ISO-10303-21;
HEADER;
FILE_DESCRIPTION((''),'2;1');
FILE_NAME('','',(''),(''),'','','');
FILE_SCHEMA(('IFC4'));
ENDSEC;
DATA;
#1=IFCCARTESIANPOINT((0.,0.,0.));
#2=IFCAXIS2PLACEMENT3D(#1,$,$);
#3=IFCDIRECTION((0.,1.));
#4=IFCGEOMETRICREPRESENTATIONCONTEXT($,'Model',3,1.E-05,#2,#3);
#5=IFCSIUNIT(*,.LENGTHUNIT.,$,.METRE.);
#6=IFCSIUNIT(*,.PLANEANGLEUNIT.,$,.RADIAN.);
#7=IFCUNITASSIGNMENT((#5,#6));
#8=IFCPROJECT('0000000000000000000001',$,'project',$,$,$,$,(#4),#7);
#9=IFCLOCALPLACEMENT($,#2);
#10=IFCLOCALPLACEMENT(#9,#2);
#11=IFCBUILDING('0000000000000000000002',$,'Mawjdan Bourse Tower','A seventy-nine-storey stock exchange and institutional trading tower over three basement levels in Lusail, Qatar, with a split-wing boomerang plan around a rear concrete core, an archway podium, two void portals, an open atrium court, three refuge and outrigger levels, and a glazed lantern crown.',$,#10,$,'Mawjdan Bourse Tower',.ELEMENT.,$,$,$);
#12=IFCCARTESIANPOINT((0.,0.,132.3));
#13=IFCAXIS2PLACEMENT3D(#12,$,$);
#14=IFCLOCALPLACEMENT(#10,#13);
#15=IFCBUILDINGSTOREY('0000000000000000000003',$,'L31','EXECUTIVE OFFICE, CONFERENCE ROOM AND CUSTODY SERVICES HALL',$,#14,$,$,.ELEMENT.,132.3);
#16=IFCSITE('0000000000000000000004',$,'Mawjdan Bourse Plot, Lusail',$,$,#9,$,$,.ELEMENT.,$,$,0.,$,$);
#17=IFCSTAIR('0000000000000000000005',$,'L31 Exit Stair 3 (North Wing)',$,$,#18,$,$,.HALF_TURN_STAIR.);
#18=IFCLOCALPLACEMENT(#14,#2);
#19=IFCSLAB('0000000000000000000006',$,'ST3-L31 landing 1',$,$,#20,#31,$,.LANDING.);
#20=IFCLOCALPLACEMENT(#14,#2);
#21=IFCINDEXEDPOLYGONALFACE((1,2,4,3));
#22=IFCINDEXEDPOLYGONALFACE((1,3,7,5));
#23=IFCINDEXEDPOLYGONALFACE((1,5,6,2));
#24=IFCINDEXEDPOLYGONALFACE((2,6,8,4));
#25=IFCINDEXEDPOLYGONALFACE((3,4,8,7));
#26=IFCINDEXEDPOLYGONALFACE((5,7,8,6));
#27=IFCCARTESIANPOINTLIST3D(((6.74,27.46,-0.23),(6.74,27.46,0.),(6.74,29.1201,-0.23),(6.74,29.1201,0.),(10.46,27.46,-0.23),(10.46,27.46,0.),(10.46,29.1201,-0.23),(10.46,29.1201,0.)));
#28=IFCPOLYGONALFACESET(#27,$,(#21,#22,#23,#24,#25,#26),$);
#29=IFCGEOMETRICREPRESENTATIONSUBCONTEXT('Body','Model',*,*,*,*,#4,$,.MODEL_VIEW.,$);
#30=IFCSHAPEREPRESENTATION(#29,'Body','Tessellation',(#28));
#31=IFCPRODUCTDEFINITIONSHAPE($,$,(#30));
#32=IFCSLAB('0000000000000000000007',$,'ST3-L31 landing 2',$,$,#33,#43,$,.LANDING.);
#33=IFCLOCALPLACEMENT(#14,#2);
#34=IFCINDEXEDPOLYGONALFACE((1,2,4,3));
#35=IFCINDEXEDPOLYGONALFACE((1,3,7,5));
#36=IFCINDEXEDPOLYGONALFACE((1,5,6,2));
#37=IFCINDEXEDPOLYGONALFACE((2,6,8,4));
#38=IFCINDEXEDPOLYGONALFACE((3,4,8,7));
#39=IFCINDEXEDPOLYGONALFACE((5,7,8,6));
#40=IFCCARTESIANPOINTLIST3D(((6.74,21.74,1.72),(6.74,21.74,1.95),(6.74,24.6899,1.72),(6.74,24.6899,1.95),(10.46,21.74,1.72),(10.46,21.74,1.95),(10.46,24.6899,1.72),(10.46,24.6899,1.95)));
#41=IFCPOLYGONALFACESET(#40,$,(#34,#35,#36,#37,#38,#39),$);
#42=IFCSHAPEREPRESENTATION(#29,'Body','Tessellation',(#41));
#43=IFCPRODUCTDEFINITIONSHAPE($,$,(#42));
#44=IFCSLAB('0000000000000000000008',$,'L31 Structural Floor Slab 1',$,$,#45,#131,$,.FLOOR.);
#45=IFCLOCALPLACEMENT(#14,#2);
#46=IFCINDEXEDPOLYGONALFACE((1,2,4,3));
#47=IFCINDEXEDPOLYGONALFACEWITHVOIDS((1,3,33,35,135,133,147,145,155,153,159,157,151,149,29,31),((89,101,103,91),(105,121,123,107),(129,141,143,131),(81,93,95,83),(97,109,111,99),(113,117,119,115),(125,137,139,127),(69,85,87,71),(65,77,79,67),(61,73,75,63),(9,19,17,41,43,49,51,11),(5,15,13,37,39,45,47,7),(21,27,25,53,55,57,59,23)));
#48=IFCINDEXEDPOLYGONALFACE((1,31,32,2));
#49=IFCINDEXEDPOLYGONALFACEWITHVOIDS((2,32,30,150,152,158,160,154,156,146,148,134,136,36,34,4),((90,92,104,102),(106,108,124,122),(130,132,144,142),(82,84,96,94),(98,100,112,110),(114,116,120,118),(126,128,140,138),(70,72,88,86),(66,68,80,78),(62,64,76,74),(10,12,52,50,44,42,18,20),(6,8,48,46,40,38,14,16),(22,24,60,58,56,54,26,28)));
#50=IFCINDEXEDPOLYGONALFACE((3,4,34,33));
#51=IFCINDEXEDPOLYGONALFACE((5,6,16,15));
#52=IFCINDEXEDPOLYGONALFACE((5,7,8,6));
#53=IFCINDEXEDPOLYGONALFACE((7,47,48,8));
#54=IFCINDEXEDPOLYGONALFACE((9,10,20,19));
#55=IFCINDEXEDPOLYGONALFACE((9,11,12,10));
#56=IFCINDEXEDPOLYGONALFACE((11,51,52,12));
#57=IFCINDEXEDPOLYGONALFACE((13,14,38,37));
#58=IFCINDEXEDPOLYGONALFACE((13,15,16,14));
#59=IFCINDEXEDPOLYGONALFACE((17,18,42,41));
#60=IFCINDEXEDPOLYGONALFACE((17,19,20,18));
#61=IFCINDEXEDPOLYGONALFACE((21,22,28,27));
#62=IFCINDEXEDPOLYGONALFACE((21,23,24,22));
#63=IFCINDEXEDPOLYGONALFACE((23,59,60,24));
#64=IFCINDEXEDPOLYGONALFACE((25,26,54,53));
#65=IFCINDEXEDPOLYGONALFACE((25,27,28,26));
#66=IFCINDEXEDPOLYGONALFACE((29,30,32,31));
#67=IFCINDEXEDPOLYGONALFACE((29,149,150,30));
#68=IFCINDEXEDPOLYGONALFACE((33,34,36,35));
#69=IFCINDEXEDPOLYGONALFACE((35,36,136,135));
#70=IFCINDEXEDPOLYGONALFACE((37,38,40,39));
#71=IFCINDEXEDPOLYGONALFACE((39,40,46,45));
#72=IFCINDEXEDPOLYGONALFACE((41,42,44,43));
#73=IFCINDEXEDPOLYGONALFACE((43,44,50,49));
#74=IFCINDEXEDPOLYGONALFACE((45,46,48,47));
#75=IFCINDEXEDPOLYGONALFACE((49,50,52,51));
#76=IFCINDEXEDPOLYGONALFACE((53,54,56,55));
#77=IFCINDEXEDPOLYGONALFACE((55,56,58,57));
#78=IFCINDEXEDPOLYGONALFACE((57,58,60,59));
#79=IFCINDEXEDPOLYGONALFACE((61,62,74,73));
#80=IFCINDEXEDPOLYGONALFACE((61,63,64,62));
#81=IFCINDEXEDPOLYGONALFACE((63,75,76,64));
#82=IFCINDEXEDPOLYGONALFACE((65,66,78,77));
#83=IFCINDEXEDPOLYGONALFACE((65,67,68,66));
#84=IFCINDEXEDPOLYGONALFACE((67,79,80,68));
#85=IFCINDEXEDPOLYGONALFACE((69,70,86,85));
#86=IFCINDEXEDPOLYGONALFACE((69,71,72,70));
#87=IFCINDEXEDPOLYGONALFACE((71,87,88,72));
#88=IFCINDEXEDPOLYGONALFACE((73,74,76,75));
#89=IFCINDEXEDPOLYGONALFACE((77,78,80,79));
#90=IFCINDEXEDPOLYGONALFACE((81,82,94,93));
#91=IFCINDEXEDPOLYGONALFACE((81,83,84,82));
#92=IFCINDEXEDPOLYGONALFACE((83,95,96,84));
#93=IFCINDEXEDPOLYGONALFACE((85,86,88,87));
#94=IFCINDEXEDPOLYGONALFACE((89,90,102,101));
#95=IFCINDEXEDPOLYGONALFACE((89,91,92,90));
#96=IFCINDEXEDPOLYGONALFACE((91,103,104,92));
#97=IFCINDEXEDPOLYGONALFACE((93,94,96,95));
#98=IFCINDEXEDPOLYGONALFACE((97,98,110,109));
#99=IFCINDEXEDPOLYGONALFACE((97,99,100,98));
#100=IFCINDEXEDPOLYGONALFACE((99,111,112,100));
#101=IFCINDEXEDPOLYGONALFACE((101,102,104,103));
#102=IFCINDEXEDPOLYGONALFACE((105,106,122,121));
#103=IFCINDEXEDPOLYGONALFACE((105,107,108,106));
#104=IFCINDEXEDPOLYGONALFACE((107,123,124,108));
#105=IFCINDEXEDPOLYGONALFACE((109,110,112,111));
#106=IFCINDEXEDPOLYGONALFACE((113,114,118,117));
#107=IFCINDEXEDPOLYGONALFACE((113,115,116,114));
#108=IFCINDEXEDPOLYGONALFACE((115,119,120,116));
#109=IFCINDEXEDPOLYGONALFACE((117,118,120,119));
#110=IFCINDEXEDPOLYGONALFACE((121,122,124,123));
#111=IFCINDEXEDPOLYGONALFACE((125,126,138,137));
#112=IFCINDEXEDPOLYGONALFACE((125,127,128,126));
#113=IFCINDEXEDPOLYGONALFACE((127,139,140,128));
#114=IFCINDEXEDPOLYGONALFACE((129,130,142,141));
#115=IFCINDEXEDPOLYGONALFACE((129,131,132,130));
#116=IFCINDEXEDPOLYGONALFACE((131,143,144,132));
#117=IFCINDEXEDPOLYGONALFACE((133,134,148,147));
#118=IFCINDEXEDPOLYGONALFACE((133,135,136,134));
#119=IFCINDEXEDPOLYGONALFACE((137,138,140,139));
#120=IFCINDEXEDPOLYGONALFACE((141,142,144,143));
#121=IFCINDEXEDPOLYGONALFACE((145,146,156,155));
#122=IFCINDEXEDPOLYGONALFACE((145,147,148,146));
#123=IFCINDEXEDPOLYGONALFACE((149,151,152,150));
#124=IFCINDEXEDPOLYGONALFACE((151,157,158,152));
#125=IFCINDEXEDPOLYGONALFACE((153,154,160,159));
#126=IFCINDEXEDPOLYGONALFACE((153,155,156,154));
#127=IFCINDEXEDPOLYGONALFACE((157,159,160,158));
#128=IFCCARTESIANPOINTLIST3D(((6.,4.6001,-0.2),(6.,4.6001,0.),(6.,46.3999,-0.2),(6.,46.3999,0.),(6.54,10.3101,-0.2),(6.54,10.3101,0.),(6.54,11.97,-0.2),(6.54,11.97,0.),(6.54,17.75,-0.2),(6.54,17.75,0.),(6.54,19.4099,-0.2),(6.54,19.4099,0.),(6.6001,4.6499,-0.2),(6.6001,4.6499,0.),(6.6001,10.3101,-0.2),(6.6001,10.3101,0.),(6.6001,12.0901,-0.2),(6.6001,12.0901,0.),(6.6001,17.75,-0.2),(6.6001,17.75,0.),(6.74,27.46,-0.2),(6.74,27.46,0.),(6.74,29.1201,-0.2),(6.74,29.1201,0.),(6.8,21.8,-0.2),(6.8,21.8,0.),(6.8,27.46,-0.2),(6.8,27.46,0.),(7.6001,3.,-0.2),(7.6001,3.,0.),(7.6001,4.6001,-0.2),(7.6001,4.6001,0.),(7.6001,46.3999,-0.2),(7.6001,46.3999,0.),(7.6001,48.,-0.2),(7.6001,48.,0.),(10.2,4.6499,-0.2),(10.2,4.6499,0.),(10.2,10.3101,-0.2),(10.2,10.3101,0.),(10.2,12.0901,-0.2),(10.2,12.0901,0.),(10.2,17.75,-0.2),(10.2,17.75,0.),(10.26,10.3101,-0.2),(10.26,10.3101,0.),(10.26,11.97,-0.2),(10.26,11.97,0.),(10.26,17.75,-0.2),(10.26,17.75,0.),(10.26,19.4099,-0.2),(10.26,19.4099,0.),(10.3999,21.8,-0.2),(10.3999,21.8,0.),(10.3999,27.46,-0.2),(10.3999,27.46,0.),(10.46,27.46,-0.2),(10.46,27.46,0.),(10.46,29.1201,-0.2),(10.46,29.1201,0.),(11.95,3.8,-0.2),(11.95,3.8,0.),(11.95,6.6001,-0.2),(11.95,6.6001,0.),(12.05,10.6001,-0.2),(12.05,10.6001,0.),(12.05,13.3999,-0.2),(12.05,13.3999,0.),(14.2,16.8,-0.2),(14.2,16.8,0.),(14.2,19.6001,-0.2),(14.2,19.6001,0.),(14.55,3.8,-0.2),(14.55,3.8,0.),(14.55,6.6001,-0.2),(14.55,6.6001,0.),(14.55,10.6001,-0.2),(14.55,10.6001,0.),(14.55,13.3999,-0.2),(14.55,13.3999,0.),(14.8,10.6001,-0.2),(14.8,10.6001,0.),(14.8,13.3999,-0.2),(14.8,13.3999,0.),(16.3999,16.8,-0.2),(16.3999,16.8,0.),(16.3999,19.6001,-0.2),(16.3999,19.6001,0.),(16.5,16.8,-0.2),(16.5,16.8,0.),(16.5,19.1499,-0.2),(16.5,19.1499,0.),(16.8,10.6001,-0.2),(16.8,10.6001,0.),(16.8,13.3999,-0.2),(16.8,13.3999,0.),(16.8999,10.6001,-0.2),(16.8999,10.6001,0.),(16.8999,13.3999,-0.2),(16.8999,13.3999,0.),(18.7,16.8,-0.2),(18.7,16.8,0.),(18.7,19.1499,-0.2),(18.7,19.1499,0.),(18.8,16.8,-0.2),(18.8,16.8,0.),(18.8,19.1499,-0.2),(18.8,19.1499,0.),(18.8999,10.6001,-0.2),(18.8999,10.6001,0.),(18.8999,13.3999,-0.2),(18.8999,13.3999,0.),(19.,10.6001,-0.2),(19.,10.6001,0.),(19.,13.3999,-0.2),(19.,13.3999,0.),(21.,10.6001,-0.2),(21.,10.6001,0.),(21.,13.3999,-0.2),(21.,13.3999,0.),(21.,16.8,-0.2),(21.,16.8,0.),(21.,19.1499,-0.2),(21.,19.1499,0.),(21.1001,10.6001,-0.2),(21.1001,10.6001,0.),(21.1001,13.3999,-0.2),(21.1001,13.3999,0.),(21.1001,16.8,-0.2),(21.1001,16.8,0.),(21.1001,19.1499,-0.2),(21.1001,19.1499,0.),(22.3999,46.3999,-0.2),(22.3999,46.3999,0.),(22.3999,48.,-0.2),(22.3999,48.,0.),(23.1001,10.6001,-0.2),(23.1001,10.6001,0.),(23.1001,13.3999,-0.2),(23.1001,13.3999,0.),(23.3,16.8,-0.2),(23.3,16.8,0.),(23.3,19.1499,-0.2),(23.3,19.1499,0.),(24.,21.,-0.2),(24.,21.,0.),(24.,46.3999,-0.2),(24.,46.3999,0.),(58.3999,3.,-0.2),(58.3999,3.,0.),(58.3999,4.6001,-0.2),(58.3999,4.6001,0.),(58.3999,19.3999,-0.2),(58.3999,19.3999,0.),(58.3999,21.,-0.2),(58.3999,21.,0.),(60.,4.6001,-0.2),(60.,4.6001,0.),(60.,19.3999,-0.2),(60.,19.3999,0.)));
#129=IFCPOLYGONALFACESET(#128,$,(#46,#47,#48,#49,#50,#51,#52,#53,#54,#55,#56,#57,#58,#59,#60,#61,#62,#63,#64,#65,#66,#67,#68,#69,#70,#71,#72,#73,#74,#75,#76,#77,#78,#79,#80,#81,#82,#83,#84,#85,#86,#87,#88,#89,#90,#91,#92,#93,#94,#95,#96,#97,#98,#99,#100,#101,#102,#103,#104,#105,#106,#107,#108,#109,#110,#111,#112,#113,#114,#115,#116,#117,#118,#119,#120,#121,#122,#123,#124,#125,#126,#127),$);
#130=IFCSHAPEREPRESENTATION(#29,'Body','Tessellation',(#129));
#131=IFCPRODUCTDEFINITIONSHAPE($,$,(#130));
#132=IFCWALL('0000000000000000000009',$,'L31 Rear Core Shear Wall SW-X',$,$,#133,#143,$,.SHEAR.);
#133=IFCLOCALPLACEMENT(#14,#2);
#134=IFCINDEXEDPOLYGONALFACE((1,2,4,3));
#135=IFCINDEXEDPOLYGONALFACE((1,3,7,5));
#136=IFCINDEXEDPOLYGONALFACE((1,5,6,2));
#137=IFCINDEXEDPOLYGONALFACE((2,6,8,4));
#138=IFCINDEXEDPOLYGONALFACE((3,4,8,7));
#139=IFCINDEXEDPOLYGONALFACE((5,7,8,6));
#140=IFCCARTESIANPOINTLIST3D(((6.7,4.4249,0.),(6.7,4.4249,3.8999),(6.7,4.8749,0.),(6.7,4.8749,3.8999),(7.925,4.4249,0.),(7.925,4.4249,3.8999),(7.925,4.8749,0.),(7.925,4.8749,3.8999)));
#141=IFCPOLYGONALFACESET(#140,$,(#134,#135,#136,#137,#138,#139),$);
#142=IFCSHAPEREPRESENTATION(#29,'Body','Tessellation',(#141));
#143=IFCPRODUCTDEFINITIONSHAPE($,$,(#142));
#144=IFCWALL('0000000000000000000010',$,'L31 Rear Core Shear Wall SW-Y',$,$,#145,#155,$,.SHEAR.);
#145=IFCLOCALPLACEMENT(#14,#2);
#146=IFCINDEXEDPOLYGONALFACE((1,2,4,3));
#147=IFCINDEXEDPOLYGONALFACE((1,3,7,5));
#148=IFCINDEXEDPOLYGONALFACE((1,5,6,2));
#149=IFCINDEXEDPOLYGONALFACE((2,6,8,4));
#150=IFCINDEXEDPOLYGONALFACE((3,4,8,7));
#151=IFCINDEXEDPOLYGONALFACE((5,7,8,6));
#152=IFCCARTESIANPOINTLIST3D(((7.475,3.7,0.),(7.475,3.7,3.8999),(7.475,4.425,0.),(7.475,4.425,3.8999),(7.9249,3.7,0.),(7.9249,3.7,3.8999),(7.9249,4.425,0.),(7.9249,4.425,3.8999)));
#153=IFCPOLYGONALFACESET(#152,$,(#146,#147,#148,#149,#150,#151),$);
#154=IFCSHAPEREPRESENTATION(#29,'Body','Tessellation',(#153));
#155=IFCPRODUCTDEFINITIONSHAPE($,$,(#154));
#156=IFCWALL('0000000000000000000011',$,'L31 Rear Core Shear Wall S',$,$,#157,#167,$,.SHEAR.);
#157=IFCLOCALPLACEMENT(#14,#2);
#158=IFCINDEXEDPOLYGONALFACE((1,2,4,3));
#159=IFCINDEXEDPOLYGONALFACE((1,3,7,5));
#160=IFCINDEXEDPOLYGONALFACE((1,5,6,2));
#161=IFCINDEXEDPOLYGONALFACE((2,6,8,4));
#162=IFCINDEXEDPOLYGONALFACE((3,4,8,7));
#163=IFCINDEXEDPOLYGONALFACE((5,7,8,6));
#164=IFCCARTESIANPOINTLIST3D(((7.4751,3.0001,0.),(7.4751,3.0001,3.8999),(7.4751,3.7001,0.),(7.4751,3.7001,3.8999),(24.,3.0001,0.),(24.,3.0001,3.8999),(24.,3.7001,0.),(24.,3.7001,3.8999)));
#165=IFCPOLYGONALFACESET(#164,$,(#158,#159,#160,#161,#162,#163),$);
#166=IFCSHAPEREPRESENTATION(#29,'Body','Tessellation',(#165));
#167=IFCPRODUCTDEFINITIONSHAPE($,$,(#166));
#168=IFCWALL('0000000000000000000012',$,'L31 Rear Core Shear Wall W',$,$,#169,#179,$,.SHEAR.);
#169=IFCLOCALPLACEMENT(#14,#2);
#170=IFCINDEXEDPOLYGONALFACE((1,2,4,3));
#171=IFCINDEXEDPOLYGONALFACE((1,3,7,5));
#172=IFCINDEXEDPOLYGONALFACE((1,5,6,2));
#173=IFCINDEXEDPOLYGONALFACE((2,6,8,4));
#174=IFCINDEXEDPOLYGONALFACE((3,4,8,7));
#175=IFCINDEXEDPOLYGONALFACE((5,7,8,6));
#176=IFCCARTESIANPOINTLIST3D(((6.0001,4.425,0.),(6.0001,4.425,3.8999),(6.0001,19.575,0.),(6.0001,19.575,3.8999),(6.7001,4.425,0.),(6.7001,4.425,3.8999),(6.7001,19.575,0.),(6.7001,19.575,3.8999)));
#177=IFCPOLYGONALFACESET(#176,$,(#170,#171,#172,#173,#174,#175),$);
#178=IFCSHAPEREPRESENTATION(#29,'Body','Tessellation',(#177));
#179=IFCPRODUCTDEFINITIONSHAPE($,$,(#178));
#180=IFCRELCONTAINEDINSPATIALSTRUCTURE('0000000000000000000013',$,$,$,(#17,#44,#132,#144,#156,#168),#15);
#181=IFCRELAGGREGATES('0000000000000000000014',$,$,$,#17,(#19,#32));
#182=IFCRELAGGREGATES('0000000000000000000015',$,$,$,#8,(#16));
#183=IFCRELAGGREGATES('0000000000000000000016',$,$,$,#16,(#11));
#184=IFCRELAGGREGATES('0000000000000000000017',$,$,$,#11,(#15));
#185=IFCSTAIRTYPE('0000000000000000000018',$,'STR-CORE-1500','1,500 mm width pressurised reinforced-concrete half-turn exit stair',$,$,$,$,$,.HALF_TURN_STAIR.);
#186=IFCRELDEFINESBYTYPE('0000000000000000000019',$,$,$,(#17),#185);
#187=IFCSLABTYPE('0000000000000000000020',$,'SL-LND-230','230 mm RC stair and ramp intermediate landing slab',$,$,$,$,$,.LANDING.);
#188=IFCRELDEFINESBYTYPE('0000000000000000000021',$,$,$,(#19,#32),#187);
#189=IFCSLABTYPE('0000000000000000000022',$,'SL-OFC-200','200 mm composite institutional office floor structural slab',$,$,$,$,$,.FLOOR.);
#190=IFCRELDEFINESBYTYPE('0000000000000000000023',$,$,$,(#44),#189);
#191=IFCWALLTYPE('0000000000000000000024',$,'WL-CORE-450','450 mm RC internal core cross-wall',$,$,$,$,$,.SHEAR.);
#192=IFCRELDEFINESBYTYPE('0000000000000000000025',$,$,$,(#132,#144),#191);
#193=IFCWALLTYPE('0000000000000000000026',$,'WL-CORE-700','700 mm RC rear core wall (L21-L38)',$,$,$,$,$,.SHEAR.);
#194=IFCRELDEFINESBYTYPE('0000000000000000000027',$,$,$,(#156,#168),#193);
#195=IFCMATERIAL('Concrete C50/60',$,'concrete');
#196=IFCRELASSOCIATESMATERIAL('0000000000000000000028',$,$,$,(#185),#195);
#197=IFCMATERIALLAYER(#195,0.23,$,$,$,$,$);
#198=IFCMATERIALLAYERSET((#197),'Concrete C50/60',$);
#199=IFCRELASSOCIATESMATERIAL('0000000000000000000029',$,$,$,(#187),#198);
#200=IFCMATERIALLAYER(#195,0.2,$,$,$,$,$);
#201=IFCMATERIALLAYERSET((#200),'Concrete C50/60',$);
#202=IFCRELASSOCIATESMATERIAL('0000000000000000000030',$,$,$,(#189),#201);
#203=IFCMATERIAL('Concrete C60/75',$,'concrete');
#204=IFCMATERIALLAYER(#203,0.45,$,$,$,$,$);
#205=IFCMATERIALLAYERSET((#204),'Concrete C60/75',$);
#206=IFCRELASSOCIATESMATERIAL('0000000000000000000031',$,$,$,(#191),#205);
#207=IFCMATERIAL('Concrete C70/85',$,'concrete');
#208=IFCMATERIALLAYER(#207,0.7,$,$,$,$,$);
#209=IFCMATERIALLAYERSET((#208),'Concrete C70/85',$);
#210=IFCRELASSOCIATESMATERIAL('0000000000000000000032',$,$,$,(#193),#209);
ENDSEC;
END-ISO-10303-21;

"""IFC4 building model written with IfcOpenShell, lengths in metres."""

from ifc_helpers import new_model, si_unit, direction, frame, frame_2d, origin, place, context, subcontext, project, spatial, polyline, rectangle, outline, extrude, material, layer, layer_set, type_object, element, aggregate, save


model = new_model("IFC4")

# Units and contexts
model_context = context("Model", 3, precision=1e-05, world=origin(), true_north=direction((0.0, 1.0)))
body_context = subcontext(model_context, "Body", "Model", "MODEL_VIEW")
ifc_project = project(units=[si_unit("LENGTHUNIT", "METRE"), si_unit("PLANEANGLEUNIT", "RADIAN")], contexts=[model_context])

# Site, building, storey
site_placement = place(None, origin())
site = spatial("IfcSite", under=ifc_project, at=site_placement, Name="Mawjdan Bourse Plot, Lusail", CompositionType="ELEMENT", RefElevation=0.0)
building_placement = place(site_placement, origin())
building = spatial("IfcBuilding", under=site, at=building_placement, Name="Mawjdan Bourse Tower", Description="A seventy-nine-storey stock exchange and institutional trading tower over three basement levels in Lusail, Qatar, with a split-wing boomerang plan around a rear concrete core, an archway podium, two void portals, an open atrium court, three refuge and outrigger levels, and a glazed lantern crown.", LongName="Mawjdan Bourse Tower", CompositionType="ELEMENT")
storey_placement = place(building_placement, frame((0.0, 0.0, 132.3)))
storey = spatial("IfcBuildingStorey", under=building, at=storey_placement, Name="L31", Description="EXECUTIVE OFFICE, CONFERENCE ROOM AND CUSTODY SERVICES HALL", CompositionType="ELEMENT", Elevation=132.3)

# Stair, slabs
ifc_material_1 = material(Name="Concrete C50/60", Category="concrete")
stair_type = type_object("IfcStairType", Name="STR-CORE-1500", Description="1,500 mm width pressurised reinforced-concrete half-turn exit stair", PredefinedType="HALF_TURN_STAIR", material=ifc_material_1)
ifc_layer_1 = layer(ifc_material_1, 0.23)
ifc_layer_set_1 = layer_set([ifc_layer_1], Name="Concrete C50/60")
slab_type_1 = type_object("IfcSlabType", Name="SL-LND-230", Description="230 mm RC stair and ramp intermediate landing slab", PredefinedType="LANDING", material=ifc_layer_set_1)
stair_1_placement = place(storey_placement, origin())
stair_1 = element("IfcStair", 1, at=stair_1_placement, inside=storey, type_object=stair_type, Name="L31 Exit Stair 3 (North Wing)", PredefinedType="HALF_TURN_STAIR")
slab_1_placement = place(storey_placement, frame((0.0, 0.0, -0.23)))
slab_1 = element("IfcSlab", 2, at=slab_1_placement, type_object=slab_type_1, Name="ST3-L31 landing 1", PredefinedType="LANDING", context=body_context, shape_type="SweptSolid", body=[
    extrude(outline(polyline([(6.74, 27.46), (10.46, 27.46), (10.46, 29.1201), (6.74, 29.1201), (6.74, 27.46)])), origin(), (0.0, 0.0, 1.0), 0.23),
])
slab_2_placement = place(storey_placement, frame((0.0, 0.0, 1.72)))
slab_2 = element("IfcSlab", 3, at=slab_2_placement, type_object=slab_type_1, Name="ST3-L31 landing 2", PredefinedType="LANDING", context=body_context, shape_type="SweptSolid", body=[
    extrude(outline(polyline([(6.74, 21.74), (10.46, 21.74), (10.46, 24.6899), (6.74, 24.6899), (6.74, 21.74)])), origin(), (0.0, 0.0, 1.0), 0.23),
])
aggregate(stair_1, [slab_1, slab_2])

# Slab
ifc_layer_2 = layer(ifc_material_1, 0.2)
ifc_layer_set_2 = layer_set([ifc_layer_2], Name="Concrete C50/60")
slab_type_2 = type_object("IfcSlabType", Name="SL-OFC-200", Description="200 mm composite institutional office floor structural slab", PredefinedType="FLOOR", material=ifc_layer_set_2)
slab_3_placement = place(storey_placement, frame((0.0, 0.0, -0.2)))
element("IfcSlab", 4, at=slab_3_placement, inside=storey, type_object=slab_type_2, Name="L31 Structural Floor Slab 1", PredefinedType="FLOOR", context=body_context, shape_type="SweptSolid", body=[
    extrude(outline(polyline([(7.6001, 3.0), (58.3999, 3.0), (58.3999, 4.6001), (60.0, 4.6001), (60.0, 19.3999), (58.3999, 19.3999), (58.3999, 21.0), (24.0, 21.0), (24.0, 46.3999), (22.3999, 46.3999), (22.3999, 48.0), (7.6001, 48.0), (7.6001, 46.3999), (6.0, 46.3999), (6.0, 4.6001), (7.6001, 4.6001), (7.6001, 3.0)]), holes=[polyline([(11.95, 3.8), (11.95, 6.6001), (14.55, 6.6001), (14.55, 3.8), (11.95, 3.8)]), polyline([(6.6001, 10.3101), (6.54, 10.3101), (6.54, 11.97), (10.26, 11.97), (10.26, 10.3101), (10.2, 10.3101), (10.2, 4.6499), (6.6001, 4.6499), (6.6001, 10.3101)]), polyline([(12.05, 10.6001), (12.05, 13.3999), (14.55, 13.3999), (14.55, 10.6001), (12.05, 10.6001)]), polyline([(10.26, 19.4099), (10.26, 17.75), (10.2, 17.75), (10.2, 12.0901), (6.6001, 12.0901), (6.6001, 17.75), (6.54, 17.75), (6.54, 19.4099), (10.26, 19.4099)]), polyline([(10.46, 29.1201), (10.46, 27.46), (10.3999, 27.46), (10.3999, 21.8), (6.8, 21.8), (6.8, 27.46), (6.74, 27.46), (6.74, 29.1201), (10.46, 29.1201)]), polyline([(14.8, 10.6001), (14.8, 13.3999), (16.8, 13.3999), (16.8, 10.6001), (14.8, 10.6001)]), polyline([(16.8999, 10.6001), (16.8999, 13.3999), (18.8999, 13.3999), (18.8999, 10.6001), (16.8999, 10.6001)]), polyline([(19.0, 10.6001), (19.0, 13.3999), (21.0, 13.3999), (21.0, 10.6001), (19.0, 10.6001)]), polyline([(21.1001, 10.6001), (21.1001, 13.3999), (23.1001, 13.3999), (23.1001, 10.6001), (21.1001, 10.6001)]), polyline([(16.5, 16.8), (16.5, 19.1499), (18.7, 19.1499), (18.7, 16.8), (16.5, 16.8)]), polyline([(18.8, 16.8), (18.8, 19.1499), (21.0, 19.1499), (21.0, 16.8), (18.8, 16.8)]), polyline([(21.1001, 16.8), (21.1001, 19.1499), (23.3, 19.1499), (23.3, 16.8), (21.1001, 16.8)]), polyline([(14.2, 16.8), (14.2, 19.6001), (16.3999, 19.6001), (16.3999, 16.8), (14.2, 16.8)])]), origin(), (0.0, 0.0, 1.0), 0.2),
])

# Walls
ifc_material_2 = material(Name="Concrete C60/75", Category="concrete")
ifc_layer_3 = layer(ifc_material_2, 0.45)
ifc_layer_set_3 = layer_set([ifc_layer_3], Name="Concrete C60/75")
wall_type_1 = type_object("IfcWallType", Name="WL-CORE-450", Description="450 mm RC internal core cross-wall", PredefinedType="SHEAR", material=ifc_layer_set_3)
wall_1_placement = place(storey_placement, frame((6.7, 4.6499, 0.0), z_axis=(0.0, 0.0, 1.0), x_axis=(1.0, 0.0, 0.0)))
element("IfcWall", 5, at=wall_1_placement, inside=storey, type_object=wall_type_1, Name="L31 Rear Core Shear Wall SW-X", PredefinedType="SHEAR", context=body_context, shape_type="SweptSolid", body=[
    extrude(rectangle(XDim=1.2251, YDim=0.45, at=frame_2d((0.6125, 0.0))), origin(), (0.0, 0.0, 1.0), 3.8999),
])
wall_2_placement = place(storey_placement, frame((7.7, 3.7, 0.0), z_axis=(0.0, 0.0, 1.0), x_axis=(0.0, 1.0, 0.0)))
element("IfcWall", 6, at=wall_2_placement, inside=storey, type_object=wall_type_1, Name="L31 Rear Core Shear Wall SW-Y", PredefinedType="SHEAR", context=body_context, shape_type="SweptSolid", body=[
    extrude(rectangle(XDim=0.7251, YDim=0.45, at=frame_2d((0.3625, 0.0))), origin(), (0.0, 0.0, 1.0), 3.8999),
])
ifc_material_3 = material(Name="Concrete C70/85", Category="concrete")
ifc_layer_4 = layer(ifc_material_3, 0.7)
ifc_layer_set_4 = layer_set([ifc_layer_4], Name="Concrete C70/85")
wall_type_2 = type_object("IfcWallType", Name="WL-CORE-700", Description="700 mm RC rear core wall (L21-L38)", PredefinedType="SHEAR", material=ifc_layer_set_4)
wall_3_placement = place(storey_placement, frame((7.4751, 3.3501, 0.0), z_axis=(0.0, 0.0, 1.0), x_axis=(1.0, 0.0, 0.0)))
element("IfcWall", 7, at=wall_3_placement, inside=storey, type_object=wall_type_2, Name="L31 Rear Core Shear Wall S", PredefinedType="SHEAR", context=body_context, shape_type="SweptSolid", body=[
    extrude(rectangle(XDim=16.5249, YDim=0.7, at=frame_2d((8.2625, 0.0))), origin(), (0.0, 0.0, 1.0), 3.8999),
])
wall_4_placement = place(storey_placement, frame((6.3501, 4.425, 0.0), z_axis=(0.0, 0.0, 1.0), x_axis=(0.0, 1.0, 0.0)))
element("IfcWall", 8, at=wall_4_placement, inside=storey, type_object=wall_type_2, Name="L31 Rear Core Shear Wall W", PredefinedType="SHEAR", context=body_context, shape_type="SweptSolid", body=[
    extrude(rectangle(XDim=15.1499, YDim=0.7, at=frame_2d((7.575, 0.0))), origin(), (0.0, 0.0, 1.0), 3.8999),
])

save(model, "model.ifc")
